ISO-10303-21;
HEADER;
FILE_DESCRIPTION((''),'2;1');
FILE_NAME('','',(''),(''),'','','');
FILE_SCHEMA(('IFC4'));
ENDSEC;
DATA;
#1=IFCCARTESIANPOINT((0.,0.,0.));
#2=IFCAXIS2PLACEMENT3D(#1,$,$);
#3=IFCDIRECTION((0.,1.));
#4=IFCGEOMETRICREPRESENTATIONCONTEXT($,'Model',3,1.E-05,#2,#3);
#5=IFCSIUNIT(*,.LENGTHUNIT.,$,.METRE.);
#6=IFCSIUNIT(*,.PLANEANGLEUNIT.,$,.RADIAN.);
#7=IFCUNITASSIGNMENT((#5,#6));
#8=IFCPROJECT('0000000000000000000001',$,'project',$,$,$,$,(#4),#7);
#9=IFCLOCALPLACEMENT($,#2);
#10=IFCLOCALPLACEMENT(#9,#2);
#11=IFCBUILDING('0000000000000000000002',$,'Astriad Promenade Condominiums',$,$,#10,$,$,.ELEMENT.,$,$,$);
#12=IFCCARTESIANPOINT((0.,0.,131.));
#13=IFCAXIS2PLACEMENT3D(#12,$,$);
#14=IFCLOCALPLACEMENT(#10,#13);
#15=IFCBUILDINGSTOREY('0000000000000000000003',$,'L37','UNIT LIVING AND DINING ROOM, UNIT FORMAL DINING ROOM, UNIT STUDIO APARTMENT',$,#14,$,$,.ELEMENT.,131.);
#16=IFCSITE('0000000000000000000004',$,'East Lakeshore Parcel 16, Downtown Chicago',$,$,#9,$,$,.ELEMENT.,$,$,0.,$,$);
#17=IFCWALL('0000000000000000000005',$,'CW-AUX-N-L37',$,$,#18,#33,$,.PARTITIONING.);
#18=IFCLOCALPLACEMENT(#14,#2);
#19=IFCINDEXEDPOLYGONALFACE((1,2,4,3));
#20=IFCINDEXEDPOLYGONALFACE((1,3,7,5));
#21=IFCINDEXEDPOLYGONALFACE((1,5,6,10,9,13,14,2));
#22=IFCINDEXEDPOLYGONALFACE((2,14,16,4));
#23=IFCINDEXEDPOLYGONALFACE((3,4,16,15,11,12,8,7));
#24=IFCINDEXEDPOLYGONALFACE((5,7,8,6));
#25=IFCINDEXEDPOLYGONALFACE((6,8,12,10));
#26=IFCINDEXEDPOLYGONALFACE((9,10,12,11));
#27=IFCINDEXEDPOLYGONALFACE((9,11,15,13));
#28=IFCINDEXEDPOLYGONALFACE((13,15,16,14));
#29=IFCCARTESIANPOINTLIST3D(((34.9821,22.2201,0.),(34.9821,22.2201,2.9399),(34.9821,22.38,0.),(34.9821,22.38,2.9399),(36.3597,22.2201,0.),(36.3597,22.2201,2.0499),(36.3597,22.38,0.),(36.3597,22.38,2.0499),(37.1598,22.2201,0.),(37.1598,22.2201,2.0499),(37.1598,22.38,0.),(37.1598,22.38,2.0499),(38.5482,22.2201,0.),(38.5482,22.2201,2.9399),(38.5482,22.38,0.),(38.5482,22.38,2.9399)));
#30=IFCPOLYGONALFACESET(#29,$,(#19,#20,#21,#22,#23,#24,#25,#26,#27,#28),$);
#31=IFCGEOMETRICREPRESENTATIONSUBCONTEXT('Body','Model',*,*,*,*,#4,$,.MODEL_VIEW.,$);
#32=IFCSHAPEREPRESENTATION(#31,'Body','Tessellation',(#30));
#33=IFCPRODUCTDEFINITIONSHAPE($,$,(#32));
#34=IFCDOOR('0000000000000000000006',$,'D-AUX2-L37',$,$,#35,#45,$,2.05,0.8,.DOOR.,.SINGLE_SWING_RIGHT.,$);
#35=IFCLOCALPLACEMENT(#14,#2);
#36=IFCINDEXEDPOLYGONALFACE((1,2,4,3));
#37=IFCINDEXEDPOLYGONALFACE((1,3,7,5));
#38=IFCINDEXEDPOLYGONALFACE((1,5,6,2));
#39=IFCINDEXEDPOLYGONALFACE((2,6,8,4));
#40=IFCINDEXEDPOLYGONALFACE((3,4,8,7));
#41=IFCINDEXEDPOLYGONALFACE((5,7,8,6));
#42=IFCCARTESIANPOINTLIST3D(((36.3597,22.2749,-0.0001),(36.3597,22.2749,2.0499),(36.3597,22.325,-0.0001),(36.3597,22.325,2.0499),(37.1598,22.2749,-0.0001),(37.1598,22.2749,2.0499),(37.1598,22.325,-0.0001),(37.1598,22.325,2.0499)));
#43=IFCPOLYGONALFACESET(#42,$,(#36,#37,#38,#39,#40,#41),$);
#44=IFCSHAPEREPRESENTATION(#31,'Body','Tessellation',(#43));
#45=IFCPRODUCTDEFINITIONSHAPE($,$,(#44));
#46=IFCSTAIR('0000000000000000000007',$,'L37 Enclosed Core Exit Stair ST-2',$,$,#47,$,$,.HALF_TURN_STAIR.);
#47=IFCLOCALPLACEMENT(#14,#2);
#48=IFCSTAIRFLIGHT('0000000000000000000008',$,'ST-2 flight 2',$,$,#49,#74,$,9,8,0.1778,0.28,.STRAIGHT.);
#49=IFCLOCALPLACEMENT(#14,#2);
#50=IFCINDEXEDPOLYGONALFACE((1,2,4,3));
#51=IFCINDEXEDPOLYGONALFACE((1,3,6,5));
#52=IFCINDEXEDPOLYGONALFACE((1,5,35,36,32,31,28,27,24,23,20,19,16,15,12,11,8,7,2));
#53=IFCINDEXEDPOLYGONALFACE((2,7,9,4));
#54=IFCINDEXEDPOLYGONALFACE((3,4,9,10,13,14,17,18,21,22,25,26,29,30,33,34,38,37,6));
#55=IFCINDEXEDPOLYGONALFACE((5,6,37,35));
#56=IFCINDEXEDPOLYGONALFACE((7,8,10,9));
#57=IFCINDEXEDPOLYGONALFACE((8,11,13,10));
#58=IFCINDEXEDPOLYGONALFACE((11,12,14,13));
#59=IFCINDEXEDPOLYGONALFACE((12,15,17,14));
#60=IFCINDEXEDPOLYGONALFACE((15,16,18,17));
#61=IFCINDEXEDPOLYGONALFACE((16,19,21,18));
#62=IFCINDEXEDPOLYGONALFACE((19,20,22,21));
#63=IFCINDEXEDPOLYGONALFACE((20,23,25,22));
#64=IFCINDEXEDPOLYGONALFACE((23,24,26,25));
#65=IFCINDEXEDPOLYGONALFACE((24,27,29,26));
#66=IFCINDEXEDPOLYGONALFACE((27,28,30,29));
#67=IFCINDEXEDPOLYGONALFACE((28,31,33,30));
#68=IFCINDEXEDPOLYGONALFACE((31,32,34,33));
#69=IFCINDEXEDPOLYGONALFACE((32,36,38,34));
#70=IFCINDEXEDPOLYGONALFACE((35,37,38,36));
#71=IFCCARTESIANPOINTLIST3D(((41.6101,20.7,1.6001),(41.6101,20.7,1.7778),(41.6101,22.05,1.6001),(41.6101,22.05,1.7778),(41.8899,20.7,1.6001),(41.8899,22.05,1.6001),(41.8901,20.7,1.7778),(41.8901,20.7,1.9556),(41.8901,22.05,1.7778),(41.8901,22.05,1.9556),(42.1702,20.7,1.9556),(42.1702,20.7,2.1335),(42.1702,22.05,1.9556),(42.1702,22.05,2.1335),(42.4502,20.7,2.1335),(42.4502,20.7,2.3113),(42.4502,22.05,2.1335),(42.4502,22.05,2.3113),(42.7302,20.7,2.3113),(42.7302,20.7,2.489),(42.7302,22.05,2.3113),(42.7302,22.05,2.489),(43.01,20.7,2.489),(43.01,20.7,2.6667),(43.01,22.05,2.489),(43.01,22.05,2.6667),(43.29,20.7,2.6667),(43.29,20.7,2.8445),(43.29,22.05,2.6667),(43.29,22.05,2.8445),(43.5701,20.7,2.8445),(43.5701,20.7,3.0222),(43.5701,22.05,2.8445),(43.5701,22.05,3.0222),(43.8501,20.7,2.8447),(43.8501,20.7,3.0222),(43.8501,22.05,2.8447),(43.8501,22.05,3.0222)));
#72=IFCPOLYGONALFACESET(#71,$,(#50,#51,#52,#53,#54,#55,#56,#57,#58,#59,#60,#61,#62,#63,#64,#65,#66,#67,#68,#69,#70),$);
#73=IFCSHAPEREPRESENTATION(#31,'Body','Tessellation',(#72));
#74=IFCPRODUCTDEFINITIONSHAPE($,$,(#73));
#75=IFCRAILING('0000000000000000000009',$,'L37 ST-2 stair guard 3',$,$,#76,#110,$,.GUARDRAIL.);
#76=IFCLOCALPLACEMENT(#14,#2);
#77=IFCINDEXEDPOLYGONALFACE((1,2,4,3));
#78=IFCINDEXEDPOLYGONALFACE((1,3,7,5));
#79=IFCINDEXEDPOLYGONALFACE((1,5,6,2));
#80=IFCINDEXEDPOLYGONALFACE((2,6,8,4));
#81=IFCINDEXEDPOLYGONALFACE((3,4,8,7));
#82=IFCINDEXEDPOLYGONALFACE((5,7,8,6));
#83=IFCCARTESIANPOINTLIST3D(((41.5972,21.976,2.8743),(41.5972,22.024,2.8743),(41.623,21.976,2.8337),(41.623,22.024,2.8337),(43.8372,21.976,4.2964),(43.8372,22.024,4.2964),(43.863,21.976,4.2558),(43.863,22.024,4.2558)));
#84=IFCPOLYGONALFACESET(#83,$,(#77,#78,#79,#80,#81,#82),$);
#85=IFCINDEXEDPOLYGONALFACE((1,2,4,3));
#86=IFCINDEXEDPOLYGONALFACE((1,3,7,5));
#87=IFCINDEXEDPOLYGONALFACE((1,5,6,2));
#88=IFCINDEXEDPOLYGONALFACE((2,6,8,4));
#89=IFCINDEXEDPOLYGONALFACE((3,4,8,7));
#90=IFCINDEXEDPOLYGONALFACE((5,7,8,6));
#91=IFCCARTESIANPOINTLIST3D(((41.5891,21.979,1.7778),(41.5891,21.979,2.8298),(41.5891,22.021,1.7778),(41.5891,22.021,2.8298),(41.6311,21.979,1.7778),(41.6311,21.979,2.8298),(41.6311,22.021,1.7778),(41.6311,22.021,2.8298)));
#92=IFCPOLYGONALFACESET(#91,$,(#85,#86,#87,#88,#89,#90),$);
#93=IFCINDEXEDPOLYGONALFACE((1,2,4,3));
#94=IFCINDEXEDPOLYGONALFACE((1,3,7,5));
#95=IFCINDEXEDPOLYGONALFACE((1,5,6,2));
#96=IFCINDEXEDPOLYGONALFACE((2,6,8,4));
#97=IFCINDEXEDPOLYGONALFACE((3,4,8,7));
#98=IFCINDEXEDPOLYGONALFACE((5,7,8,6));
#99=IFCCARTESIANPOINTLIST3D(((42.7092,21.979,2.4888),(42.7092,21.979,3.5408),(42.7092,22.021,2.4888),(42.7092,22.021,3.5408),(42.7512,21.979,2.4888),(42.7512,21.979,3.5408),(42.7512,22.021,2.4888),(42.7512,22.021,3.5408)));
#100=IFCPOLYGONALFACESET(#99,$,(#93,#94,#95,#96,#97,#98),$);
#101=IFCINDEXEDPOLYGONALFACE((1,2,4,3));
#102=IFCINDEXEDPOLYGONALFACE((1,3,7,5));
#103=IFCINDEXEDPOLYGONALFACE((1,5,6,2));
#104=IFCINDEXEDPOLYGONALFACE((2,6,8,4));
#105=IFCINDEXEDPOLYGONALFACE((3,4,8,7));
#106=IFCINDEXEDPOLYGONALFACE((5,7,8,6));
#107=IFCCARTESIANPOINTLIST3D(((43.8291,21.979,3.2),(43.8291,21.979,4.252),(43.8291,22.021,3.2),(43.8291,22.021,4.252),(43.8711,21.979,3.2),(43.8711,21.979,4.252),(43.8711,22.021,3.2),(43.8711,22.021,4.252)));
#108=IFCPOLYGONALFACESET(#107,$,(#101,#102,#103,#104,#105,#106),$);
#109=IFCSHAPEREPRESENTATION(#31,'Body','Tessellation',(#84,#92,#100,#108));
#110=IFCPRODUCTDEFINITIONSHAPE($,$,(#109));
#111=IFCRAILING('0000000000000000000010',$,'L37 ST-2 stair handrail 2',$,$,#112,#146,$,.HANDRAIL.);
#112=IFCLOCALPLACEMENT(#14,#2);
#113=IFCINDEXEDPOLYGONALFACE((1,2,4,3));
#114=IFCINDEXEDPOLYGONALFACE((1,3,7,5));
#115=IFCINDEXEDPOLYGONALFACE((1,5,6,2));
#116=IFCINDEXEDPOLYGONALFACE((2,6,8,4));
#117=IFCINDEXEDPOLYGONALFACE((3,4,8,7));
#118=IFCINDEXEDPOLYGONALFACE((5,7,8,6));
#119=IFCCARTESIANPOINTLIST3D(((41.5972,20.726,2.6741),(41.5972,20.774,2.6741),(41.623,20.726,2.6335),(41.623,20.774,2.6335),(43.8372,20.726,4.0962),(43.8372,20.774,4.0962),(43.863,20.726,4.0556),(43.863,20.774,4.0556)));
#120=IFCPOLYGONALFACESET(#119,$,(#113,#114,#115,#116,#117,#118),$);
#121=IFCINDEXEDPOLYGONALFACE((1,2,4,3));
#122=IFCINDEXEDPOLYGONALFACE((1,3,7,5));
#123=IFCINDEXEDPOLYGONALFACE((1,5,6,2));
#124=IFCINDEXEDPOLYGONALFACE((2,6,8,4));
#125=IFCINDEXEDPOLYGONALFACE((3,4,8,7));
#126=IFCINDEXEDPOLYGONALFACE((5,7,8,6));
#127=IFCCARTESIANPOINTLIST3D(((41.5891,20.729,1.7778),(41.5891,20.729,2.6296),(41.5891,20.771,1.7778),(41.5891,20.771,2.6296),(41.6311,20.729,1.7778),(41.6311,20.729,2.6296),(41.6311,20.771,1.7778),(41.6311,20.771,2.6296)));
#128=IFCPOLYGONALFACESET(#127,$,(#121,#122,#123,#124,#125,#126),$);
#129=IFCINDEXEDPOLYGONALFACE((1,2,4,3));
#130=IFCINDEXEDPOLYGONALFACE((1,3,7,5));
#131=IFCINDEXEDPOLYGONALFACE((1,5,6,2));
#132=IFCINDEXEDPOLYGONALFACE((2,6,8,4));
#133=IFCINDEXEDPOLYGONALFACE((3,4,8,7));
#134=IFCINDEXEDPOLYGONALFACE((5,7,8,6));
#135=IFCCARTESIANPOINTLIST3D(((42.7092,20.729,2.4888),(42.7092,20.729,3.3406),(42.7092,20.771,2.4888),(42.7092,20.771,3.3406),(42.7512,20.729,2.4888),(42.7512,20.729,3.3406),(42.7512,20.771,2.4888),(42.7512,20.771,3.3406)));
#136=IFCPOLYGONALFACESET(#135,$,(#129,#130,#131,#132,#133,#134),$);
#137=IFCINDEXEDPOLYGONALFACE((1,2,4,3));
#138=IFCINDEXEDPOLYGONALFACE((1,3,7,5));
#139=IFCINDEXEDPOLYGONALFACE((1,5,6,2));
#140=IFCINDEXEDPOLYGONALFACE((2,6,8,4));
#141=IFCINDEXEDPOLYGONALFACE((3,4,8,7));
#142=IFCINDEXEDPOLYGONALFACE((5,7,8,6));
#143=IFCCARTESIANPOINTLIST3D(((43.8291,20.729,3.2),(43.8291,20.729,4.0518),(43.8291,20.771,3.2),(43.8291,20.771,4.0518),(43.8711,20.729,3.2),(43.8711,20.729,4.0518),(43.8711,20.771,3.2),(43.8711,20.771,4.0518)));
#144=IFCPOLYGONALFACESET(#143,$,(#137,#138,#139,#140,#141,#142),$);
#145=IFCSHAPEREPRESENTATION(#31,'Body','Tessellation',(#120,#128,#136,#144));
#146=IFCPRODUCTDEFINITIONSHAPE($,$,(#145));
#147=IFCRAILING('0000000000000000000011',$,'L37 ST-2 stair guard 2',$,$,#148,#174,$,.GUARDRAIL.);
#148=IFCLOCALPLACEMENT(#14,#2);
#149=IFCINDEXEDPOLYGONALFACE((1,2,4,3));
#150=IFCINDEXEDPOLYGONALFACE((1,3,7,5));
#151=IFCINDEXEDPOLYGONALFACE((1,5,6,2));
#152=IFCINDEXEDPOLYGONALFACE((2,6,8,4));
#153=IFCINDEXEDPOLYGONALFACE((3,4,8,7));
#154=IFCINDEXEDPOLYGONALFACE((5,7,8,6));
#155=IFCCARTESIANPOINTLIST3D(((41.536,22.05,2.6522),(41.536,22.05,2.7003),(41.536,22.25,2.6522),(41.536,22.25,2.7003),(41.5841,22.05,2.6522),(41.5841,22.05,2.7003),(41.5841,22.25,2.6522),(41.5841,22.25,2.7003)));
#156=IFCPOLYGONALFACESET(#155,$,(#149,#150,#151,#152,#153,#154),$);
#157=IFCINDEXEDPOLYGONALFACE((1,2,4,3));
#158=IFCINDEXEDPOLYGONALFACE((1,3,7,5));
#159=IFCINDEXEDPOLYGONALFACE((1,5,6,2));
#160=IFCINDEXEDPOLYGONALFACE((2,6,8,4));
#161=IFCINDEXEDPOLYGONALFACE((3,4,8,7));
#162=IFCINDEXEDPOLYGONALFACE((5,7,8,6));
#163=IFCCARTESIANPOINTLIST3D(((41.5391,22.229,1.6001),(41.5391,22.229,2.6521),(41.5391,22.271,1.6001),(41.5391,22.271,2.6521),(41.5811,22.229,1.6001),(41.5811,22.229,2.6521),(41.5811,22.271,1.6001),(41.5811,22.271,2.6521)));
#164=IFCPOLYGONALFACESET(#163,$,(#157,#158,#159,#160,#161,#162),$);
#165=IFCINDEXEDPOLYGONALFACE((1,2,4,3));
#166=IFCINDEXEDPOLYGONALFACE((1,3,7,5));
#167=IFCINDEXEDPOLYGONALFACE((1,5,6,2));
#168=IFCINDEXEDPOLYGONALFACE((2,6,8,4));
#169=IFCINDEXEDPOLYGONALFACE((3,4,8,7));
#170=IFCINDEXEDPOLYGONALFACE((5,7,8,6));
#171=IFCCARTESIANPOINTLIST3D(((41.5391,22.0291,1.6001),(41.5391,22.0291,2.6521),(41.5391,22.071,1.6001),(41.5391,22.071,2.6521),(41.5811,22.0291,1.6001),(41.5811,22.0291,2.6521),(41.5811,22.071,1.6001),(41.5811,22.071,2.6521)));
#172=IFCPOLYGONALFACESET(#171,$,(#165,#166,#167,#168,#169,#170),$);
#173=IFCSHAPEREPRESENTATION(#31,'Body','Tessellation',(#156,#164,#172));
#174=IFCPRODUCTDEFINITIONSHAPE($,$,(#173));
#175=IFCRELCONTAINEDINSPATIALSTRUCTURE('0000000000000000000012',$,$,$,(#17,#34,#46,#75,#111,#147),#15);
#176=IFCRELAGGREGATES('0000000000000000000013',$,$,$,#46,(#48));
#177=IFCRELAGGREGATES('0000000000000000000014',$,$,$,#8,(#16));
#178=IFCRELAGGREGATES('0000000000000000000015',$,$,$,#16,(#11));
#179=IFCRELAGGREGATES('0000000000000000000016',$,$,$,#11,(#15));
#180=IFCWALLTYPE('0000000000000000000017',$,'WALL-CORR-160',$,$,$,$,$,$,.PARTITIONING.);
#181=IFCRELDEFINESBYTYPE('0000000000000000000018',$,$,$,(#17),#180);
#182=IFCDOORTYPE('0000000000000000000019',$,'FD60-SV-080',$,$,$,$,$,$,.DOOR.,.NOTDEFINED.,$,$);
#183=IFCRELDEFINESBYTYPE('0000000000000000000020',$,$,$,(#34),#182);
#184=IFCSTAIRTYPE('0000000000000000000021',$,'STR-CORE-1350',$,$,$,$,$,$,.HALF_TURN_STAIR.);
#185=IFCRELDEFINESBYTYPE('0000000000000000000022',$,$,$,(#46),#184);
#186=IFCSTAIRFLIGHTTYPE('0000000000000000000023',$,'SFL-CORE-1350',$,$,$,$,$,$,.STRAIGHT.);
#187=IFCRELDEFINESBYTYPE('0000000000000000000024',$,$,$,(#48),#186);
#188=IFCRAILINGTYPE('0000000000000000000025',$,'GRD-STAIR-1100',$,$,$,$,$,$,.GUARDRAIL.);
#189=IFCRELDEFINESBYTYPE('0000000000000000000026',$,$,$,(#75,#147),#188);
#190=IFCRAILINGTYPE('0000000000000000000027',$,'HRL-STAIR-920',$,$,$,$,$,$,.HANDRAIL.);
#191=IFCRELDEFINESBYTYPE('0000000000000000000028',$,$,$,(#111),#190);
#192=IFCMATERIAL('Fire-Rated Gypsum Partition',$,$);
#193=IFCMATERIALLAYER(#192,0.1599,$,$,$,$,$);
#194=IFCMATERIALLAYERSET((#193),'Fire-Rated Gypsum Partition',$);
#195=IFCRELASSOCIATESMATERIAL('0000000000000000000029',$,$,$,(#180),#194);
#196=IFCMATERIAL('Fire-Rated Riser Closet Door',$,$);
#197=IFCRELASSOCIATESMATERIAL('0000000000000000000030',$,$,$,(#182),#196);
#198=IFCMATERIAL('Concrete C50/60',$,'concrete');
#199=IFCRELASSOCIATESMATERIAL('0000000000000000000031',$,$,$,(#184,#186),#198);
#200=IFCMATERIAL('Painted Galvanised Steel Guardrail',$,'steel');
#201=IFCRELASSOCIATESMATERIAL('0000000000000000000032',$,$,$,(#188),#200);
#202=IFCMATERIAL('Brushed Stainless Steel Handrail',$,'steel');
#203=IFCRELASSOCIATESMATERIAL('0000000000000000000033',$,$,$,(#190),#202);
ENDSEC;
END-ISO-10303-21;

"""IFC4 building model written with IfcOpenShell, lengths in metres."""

from ifc_helpers import new_model, si_unit, direction, frame, frame_2d, origin, origin_2d, place, context, subcontext, project, spatial, polyline, rectangle, outline, extrude, source, transform, mapped, material, layer, layer_set, type_object, type_shapes, element, fill, aggregate, save


model = new_model("IFC4")

# Units and contexts
model_context = context("Model", 3, precision=1e-05, world=origin(), true_north=direction((0.0, 1.0)))
body_context = subcontext(model_context, "Body", "Model", "MODEL_VIEW")
ifc_project = project(units=[si_unit("LENGTHUNIT", "METRE"), si_unit("PLANEANGLEUNIT", "RADIAN")], contexts=[model_context])

# Site, building, storey
site_placement = place(None, origin())
site = spatial("IfcSite", under=ifc_project, at=site_placement, Name="East Lakeshore Parcel 16, Downtown Chicago", CompositionType="ELEMENT", RefElevation=0.0)
building_placement = place(site_placement, origin())
building = spatial("IfcBuilding", under=site, at=building_placement, Name="Astriad Promenade Condominiums", CompositionType="ELEMENT")
storey_placement = place(building_placement, frame((0.0, 0.0, 131.0)))
storey = spatial("IfcBuildingStorey", under=building, at=storey_placement, Name="L37", Description="UNIT LIVING AND DINING ROOM, UNIT FORMAL DINING ROOM, UNIT STUDIO APARTMENT", CompositionType="ELEMENT", Elevation=131.0)

# Shared definitions
ifc_material_1 = material(Name="Concrete C50/60", Category="concrete")

# Shared definitions
ifc_material_2 = material(Name="Fire-Rated Gypsum Partition")
ifc_layer_1 = layer(ifc_material_2, 0.1599)
ifc_layer_set_1 = layer_set([ifc_layer_1], Name="Fire-Rated Gypsum Partition")
wall_type_1 = type_object("IfcWallType", Name="WALL-CORR-160", PredefinedType="PARTITIONING", material=ifc_layer_set_1)

# Wall, opening, door
ifc_material_3 = material(Name="Fire-Rated Riser Closet Door")
door_type_1 = type_object("IfcDoorType", Name="FD60-SV-080", OperationType="NOTDEFINED", PredefinedType="DOOR", material=ifc_material_3)
shared_shape_1 = source(origin(), body_context, "Body", "SweptSolid", [
    extrude(rectangle(XDim=0.8, YDim=2.05, at=frame_2d((0.3999, 1.0249))), frame((0.0, 0.0249, 0.0), z_axis=(0.0, -1.0, 0.0), x_axis=(1.0, 0.0, 0.0)), (0.0, 0.0, 1.0), 0.05),
])
type_shapes(door_type_1, [shared_shape_1])
wall_1_placement = place(storey_placement, frame((34.9819, 22.3, 0.0), z_axis=(0.0, 0.0, 1.0), x_axis=(1.0, 0.0, 0.0)))
wall_1 = element("IfcWall", 1, at=wall_1_placement, inside=storey, type_object=wall_type_1, Name="CW-AUX-N-L37", PredefinedType="PARTITIONING", context=body_context, shape_type="SweptSolid", body=[
    extrude(rectangle(XDim=3.5662, YDim=0.1599, at=frame_2d((1.7832, 0.0))), origin(), (0.0, 0.0, 1.0), 2.9399),
])
opening_1_placement = place(wall_1_placement, frame((1.3779, 0.0, 0.0)))
opening_1 = element("IfcOpeningElement", 2, at=opening_1_placement, cuts=wall_1, PredefinedType="OPENING", context=body_context, shape_type="SweptSolid", body=[
    extrude(rectangle(XDim=0.8, YDim=2.05, at=frame_2d((0.3999, 1.0249))), frame((0.0, 0.0898, 0.0), z_axis=(0.0, -1.0, 0.0), x_axis=(1.0, 0.0, 0.0)), (0.0, 0.0, 1.0), 0.1799),
])
door_1_placement = place(opening_1_placement, origin())
door_1 = element("IfcDoor", 3, at=door_1_placement, inside=storey, type_object=door_type_1, Name="D-AUX2-L37", OperationType="SINGLE_SWING_RIGHT", OverallHeight=2.05, OverallWidth=0.8, PredefinedType="DOOR", context=body_context, shape_type="MappedRepresentation", body=[
    mapped(shared_shape_1, transform((0.0, 0.0, 0.0), scale=1.0)),
])
fill(opening_1, door_1)

# Stair, stair flight
stair_type = type_object("IfcStairType", Name="STR-CORE-1350", PredefinedType="HALF_TURN_STAIR", material=ifc_material_1)
stair_placement = place(storey_placement, origin())
stair = element("IfcStair", 4, at=stair_placement, inside=storey, type_object=stair_type, Name="L37 Enclosed Core Exit Stair ST-2", PredefinedType="HALF_TURN_STAIR")
stair_flight_type = type_object("IfcStairFlightType", Name="SFL-CORE-1350", PredefinedType="STRAIGHT", material=ifc_material_1)
shared_shape_2 = source(origin(), body_context, "Body", "SweptSolid", [
    extrude(outline(polyline([(0.0, 0.0), (0.0, 0.1777), (0.28, 0.1777), (0.28, 0.3555), (0.5601, 0.3555), (0.5601, 0.5334), (0.8401, 0.5334), (0.8401, 0.7112), (1.1201, 0.7112), (1.1201, 0.8889), (1.3999, 0.8889), (1.3999, 1.0667), (1.6799, 1.0667), (1.6799, 1.2444), (1.96, 1.2444), (1.96, 1.4221), (2.24, 1.4221), (2.24, 1.6001), (2.24, 1.2446), (0.2798, 0.0), (0.0, 0.0)])), frame((0.0, 0.675, 0.0), z_axis=(0.0, -1.0, 0.0), x_axis=(1.0, 0.0, 0.0)), (0.0, 0.0, 1.0), 1.3501),
])
type_shapes(stair_flight_type, [shared_shape_2])
stair_flight_placement = place(storey_placement, frame((41.6101, 21.375, 1.6001), z_axis=(0.0, 0.0, 1.0), x_axis=(1.0, 0.0, 0.0)))
stair_flight = element("IfcStairFlight", 5, at=stair_flight_placement, type_object=stair_flight_type, Name="ST-2 flight 2", NumberOfRisers=9, NumberOfTreads=8, PredefinedType="STRAIGHT", RiserHeight=0.1778, TreadLength=0.28, context=body_context, shape_type="MappedRepresentation", body=[
    mapped(shared_shape_2, transform((0.0, 0.0, 0.0), scale=1.0)),
])
aggregate(stair, [stair_flight])

# Railings
ifc_material_4 = material(Name="Painted Galvanised Steel Guardrail", Category="steel")
railing_type_1 = type_object("IfcRailingType", Name="GRD-STAIR-1100", PredefinedType="GUARDRAIL", material=ifc_material_4)
shared_shape_3 = source(origin(), body_context, "Body", "SweptSolid", [
    extrude(rectangle(XDim=0.0481, YDim=0.0481, at=origin_2d()), frame((0.0, 0.0, 1.0762), z_axis=(0.844229, 0.0, 0.535982), x_axis=(0.0, 1.0, 0.0)), (0.0, 0.0, 1.0), 2.6533),
    extrude(rectangle(XDim=0.042, YDim=0.042, at=origin_2d()), origin(), (0.0, 0.0, 1.0), 1.052),
    extrude(rectangle(XDim=0.042, YDim=0.042, at=origin_2d()), frame((1.1201, 0.0, 0.7109)), (0.0, 0.0, 1.0), 1.052),
    extrude(rectangle(XDim=0.042, YDim=0.042, at=origin_2d()), frame((2.24, 0.0, 1.4221)), (0.0, 0.0, 1.0), 1.052),
])
railing_1_placement = place(storey_placement, frame((41.6101, 22.0, 1.7778)))
element("IfcRailing", 6, at=railing_1_placement, inside=storey, type_object=railing_type_1, Name="L37 ST-2 stair guard 3", PredefinedType="GUARDRAIL", context=body_context, shape_type="MappedRepresentation", body=[
    mapped(shared_shape_3, transform((0.0, 0.0, 0.0), scale=1.0)),
])
ifc_material_5 = material(Name="Brushed Stainless Steel Handrail", Category="steel")
railing_type_2 = type_object("IfcRailingType", Name="HRL-STAIR-920", PredefinedType="HANDRAIL", material=ifc_material_5)
shared_shape_4 = source(origin(), body_context, "Body", "SweptSolid", [
    extrude(rectangle(XDim=0.0481, YDim=0.0481, at=origin_2d()), frame((0.0, 0.0, 0.876), z_axis=(0.844229, 0.0, 0.535982), x_axis=(0.0, 1.0, 0.0)), (0.0, 0.0, 1.0), 2.6533),
    extrude(rectangle(XDim=0.042, YDim=0.042, at=origin_2d()), origin(), (0.0, 0.0, 1.0), 0.8518),
    extrude(rectangle(XDim=0.042, YDim=0.042, at=origin_2d()), frame((1.1201, 0.0, 0.7109)), (0.0, 0.0, 1.0), 0.8518),
    extrude(rectangle(XDim=0.042, YDim=0.042, at=origin_2d()), frame((2.24, 0.0, 1.4221)), (0.0, 0.0, 1.0), 0.8518),
])
type_shapes(railing_type_2, [shared_shape_4])
railing_2_placement = place(storey_placement, frame((41.6101, 20.75, 1.7778)))
element("IfcRailing", 7, at=railing_2_placement, inside=storey, type_object=railing_type_2, Name="L37 ST-2 stair handrail 2", PredefinedType="HANDRAIL", context=body_context, shape_type="MappedRepresentation", body=[
    mapped(shared_shape_4, transform((0.0, 0.0, 0.0), scale=1.0)),
])
shared_shape_5 = source(origin(), body_context, "Body", "SweptSolid", [
    extrude(rectangle(XDim=0.0481, YDim=0.0481, at=origin_2d()), frame((0.0, 0.0, 1.0762), z_axis=(0.0, -1.0, 0.0), x_axis=(1.0, 0.0, 0.0)), (0.0, 0.0, 1.0), 0.2),
    extrude(rectangle(XDim=0.042, YDim=0.042, at=origin_2d()), origin(), (0.0, 0.0, 1.0), 1.052),
    extrude(rectangle(XDim=0.042, YDim=0.042, at=origin_2d()), frame((0.0, -0.2, 0.0)), (0.0, 0.0, 1.0), 1.052),
])
type_shapes(railing_type_1, [shared_shape_3, shared_shape_5])
railing_3_placement = place(storey_placement, frame((41.5601, 22.25, 1.6001)))
element("IfcRailing", 8, at=railing_3_placement, inside=storey, type_object=railing_type_1, Name="L37 ST-2 stair guard 2", PredefinedType="GUARDRAIL", context=body_context, shape_type="MappedRepresentation", body=[
    mapped(shared_shape_5, transform((0.0, 0.0, 0.0), scale=1.0)),
])

save(model, "model.ifc")
